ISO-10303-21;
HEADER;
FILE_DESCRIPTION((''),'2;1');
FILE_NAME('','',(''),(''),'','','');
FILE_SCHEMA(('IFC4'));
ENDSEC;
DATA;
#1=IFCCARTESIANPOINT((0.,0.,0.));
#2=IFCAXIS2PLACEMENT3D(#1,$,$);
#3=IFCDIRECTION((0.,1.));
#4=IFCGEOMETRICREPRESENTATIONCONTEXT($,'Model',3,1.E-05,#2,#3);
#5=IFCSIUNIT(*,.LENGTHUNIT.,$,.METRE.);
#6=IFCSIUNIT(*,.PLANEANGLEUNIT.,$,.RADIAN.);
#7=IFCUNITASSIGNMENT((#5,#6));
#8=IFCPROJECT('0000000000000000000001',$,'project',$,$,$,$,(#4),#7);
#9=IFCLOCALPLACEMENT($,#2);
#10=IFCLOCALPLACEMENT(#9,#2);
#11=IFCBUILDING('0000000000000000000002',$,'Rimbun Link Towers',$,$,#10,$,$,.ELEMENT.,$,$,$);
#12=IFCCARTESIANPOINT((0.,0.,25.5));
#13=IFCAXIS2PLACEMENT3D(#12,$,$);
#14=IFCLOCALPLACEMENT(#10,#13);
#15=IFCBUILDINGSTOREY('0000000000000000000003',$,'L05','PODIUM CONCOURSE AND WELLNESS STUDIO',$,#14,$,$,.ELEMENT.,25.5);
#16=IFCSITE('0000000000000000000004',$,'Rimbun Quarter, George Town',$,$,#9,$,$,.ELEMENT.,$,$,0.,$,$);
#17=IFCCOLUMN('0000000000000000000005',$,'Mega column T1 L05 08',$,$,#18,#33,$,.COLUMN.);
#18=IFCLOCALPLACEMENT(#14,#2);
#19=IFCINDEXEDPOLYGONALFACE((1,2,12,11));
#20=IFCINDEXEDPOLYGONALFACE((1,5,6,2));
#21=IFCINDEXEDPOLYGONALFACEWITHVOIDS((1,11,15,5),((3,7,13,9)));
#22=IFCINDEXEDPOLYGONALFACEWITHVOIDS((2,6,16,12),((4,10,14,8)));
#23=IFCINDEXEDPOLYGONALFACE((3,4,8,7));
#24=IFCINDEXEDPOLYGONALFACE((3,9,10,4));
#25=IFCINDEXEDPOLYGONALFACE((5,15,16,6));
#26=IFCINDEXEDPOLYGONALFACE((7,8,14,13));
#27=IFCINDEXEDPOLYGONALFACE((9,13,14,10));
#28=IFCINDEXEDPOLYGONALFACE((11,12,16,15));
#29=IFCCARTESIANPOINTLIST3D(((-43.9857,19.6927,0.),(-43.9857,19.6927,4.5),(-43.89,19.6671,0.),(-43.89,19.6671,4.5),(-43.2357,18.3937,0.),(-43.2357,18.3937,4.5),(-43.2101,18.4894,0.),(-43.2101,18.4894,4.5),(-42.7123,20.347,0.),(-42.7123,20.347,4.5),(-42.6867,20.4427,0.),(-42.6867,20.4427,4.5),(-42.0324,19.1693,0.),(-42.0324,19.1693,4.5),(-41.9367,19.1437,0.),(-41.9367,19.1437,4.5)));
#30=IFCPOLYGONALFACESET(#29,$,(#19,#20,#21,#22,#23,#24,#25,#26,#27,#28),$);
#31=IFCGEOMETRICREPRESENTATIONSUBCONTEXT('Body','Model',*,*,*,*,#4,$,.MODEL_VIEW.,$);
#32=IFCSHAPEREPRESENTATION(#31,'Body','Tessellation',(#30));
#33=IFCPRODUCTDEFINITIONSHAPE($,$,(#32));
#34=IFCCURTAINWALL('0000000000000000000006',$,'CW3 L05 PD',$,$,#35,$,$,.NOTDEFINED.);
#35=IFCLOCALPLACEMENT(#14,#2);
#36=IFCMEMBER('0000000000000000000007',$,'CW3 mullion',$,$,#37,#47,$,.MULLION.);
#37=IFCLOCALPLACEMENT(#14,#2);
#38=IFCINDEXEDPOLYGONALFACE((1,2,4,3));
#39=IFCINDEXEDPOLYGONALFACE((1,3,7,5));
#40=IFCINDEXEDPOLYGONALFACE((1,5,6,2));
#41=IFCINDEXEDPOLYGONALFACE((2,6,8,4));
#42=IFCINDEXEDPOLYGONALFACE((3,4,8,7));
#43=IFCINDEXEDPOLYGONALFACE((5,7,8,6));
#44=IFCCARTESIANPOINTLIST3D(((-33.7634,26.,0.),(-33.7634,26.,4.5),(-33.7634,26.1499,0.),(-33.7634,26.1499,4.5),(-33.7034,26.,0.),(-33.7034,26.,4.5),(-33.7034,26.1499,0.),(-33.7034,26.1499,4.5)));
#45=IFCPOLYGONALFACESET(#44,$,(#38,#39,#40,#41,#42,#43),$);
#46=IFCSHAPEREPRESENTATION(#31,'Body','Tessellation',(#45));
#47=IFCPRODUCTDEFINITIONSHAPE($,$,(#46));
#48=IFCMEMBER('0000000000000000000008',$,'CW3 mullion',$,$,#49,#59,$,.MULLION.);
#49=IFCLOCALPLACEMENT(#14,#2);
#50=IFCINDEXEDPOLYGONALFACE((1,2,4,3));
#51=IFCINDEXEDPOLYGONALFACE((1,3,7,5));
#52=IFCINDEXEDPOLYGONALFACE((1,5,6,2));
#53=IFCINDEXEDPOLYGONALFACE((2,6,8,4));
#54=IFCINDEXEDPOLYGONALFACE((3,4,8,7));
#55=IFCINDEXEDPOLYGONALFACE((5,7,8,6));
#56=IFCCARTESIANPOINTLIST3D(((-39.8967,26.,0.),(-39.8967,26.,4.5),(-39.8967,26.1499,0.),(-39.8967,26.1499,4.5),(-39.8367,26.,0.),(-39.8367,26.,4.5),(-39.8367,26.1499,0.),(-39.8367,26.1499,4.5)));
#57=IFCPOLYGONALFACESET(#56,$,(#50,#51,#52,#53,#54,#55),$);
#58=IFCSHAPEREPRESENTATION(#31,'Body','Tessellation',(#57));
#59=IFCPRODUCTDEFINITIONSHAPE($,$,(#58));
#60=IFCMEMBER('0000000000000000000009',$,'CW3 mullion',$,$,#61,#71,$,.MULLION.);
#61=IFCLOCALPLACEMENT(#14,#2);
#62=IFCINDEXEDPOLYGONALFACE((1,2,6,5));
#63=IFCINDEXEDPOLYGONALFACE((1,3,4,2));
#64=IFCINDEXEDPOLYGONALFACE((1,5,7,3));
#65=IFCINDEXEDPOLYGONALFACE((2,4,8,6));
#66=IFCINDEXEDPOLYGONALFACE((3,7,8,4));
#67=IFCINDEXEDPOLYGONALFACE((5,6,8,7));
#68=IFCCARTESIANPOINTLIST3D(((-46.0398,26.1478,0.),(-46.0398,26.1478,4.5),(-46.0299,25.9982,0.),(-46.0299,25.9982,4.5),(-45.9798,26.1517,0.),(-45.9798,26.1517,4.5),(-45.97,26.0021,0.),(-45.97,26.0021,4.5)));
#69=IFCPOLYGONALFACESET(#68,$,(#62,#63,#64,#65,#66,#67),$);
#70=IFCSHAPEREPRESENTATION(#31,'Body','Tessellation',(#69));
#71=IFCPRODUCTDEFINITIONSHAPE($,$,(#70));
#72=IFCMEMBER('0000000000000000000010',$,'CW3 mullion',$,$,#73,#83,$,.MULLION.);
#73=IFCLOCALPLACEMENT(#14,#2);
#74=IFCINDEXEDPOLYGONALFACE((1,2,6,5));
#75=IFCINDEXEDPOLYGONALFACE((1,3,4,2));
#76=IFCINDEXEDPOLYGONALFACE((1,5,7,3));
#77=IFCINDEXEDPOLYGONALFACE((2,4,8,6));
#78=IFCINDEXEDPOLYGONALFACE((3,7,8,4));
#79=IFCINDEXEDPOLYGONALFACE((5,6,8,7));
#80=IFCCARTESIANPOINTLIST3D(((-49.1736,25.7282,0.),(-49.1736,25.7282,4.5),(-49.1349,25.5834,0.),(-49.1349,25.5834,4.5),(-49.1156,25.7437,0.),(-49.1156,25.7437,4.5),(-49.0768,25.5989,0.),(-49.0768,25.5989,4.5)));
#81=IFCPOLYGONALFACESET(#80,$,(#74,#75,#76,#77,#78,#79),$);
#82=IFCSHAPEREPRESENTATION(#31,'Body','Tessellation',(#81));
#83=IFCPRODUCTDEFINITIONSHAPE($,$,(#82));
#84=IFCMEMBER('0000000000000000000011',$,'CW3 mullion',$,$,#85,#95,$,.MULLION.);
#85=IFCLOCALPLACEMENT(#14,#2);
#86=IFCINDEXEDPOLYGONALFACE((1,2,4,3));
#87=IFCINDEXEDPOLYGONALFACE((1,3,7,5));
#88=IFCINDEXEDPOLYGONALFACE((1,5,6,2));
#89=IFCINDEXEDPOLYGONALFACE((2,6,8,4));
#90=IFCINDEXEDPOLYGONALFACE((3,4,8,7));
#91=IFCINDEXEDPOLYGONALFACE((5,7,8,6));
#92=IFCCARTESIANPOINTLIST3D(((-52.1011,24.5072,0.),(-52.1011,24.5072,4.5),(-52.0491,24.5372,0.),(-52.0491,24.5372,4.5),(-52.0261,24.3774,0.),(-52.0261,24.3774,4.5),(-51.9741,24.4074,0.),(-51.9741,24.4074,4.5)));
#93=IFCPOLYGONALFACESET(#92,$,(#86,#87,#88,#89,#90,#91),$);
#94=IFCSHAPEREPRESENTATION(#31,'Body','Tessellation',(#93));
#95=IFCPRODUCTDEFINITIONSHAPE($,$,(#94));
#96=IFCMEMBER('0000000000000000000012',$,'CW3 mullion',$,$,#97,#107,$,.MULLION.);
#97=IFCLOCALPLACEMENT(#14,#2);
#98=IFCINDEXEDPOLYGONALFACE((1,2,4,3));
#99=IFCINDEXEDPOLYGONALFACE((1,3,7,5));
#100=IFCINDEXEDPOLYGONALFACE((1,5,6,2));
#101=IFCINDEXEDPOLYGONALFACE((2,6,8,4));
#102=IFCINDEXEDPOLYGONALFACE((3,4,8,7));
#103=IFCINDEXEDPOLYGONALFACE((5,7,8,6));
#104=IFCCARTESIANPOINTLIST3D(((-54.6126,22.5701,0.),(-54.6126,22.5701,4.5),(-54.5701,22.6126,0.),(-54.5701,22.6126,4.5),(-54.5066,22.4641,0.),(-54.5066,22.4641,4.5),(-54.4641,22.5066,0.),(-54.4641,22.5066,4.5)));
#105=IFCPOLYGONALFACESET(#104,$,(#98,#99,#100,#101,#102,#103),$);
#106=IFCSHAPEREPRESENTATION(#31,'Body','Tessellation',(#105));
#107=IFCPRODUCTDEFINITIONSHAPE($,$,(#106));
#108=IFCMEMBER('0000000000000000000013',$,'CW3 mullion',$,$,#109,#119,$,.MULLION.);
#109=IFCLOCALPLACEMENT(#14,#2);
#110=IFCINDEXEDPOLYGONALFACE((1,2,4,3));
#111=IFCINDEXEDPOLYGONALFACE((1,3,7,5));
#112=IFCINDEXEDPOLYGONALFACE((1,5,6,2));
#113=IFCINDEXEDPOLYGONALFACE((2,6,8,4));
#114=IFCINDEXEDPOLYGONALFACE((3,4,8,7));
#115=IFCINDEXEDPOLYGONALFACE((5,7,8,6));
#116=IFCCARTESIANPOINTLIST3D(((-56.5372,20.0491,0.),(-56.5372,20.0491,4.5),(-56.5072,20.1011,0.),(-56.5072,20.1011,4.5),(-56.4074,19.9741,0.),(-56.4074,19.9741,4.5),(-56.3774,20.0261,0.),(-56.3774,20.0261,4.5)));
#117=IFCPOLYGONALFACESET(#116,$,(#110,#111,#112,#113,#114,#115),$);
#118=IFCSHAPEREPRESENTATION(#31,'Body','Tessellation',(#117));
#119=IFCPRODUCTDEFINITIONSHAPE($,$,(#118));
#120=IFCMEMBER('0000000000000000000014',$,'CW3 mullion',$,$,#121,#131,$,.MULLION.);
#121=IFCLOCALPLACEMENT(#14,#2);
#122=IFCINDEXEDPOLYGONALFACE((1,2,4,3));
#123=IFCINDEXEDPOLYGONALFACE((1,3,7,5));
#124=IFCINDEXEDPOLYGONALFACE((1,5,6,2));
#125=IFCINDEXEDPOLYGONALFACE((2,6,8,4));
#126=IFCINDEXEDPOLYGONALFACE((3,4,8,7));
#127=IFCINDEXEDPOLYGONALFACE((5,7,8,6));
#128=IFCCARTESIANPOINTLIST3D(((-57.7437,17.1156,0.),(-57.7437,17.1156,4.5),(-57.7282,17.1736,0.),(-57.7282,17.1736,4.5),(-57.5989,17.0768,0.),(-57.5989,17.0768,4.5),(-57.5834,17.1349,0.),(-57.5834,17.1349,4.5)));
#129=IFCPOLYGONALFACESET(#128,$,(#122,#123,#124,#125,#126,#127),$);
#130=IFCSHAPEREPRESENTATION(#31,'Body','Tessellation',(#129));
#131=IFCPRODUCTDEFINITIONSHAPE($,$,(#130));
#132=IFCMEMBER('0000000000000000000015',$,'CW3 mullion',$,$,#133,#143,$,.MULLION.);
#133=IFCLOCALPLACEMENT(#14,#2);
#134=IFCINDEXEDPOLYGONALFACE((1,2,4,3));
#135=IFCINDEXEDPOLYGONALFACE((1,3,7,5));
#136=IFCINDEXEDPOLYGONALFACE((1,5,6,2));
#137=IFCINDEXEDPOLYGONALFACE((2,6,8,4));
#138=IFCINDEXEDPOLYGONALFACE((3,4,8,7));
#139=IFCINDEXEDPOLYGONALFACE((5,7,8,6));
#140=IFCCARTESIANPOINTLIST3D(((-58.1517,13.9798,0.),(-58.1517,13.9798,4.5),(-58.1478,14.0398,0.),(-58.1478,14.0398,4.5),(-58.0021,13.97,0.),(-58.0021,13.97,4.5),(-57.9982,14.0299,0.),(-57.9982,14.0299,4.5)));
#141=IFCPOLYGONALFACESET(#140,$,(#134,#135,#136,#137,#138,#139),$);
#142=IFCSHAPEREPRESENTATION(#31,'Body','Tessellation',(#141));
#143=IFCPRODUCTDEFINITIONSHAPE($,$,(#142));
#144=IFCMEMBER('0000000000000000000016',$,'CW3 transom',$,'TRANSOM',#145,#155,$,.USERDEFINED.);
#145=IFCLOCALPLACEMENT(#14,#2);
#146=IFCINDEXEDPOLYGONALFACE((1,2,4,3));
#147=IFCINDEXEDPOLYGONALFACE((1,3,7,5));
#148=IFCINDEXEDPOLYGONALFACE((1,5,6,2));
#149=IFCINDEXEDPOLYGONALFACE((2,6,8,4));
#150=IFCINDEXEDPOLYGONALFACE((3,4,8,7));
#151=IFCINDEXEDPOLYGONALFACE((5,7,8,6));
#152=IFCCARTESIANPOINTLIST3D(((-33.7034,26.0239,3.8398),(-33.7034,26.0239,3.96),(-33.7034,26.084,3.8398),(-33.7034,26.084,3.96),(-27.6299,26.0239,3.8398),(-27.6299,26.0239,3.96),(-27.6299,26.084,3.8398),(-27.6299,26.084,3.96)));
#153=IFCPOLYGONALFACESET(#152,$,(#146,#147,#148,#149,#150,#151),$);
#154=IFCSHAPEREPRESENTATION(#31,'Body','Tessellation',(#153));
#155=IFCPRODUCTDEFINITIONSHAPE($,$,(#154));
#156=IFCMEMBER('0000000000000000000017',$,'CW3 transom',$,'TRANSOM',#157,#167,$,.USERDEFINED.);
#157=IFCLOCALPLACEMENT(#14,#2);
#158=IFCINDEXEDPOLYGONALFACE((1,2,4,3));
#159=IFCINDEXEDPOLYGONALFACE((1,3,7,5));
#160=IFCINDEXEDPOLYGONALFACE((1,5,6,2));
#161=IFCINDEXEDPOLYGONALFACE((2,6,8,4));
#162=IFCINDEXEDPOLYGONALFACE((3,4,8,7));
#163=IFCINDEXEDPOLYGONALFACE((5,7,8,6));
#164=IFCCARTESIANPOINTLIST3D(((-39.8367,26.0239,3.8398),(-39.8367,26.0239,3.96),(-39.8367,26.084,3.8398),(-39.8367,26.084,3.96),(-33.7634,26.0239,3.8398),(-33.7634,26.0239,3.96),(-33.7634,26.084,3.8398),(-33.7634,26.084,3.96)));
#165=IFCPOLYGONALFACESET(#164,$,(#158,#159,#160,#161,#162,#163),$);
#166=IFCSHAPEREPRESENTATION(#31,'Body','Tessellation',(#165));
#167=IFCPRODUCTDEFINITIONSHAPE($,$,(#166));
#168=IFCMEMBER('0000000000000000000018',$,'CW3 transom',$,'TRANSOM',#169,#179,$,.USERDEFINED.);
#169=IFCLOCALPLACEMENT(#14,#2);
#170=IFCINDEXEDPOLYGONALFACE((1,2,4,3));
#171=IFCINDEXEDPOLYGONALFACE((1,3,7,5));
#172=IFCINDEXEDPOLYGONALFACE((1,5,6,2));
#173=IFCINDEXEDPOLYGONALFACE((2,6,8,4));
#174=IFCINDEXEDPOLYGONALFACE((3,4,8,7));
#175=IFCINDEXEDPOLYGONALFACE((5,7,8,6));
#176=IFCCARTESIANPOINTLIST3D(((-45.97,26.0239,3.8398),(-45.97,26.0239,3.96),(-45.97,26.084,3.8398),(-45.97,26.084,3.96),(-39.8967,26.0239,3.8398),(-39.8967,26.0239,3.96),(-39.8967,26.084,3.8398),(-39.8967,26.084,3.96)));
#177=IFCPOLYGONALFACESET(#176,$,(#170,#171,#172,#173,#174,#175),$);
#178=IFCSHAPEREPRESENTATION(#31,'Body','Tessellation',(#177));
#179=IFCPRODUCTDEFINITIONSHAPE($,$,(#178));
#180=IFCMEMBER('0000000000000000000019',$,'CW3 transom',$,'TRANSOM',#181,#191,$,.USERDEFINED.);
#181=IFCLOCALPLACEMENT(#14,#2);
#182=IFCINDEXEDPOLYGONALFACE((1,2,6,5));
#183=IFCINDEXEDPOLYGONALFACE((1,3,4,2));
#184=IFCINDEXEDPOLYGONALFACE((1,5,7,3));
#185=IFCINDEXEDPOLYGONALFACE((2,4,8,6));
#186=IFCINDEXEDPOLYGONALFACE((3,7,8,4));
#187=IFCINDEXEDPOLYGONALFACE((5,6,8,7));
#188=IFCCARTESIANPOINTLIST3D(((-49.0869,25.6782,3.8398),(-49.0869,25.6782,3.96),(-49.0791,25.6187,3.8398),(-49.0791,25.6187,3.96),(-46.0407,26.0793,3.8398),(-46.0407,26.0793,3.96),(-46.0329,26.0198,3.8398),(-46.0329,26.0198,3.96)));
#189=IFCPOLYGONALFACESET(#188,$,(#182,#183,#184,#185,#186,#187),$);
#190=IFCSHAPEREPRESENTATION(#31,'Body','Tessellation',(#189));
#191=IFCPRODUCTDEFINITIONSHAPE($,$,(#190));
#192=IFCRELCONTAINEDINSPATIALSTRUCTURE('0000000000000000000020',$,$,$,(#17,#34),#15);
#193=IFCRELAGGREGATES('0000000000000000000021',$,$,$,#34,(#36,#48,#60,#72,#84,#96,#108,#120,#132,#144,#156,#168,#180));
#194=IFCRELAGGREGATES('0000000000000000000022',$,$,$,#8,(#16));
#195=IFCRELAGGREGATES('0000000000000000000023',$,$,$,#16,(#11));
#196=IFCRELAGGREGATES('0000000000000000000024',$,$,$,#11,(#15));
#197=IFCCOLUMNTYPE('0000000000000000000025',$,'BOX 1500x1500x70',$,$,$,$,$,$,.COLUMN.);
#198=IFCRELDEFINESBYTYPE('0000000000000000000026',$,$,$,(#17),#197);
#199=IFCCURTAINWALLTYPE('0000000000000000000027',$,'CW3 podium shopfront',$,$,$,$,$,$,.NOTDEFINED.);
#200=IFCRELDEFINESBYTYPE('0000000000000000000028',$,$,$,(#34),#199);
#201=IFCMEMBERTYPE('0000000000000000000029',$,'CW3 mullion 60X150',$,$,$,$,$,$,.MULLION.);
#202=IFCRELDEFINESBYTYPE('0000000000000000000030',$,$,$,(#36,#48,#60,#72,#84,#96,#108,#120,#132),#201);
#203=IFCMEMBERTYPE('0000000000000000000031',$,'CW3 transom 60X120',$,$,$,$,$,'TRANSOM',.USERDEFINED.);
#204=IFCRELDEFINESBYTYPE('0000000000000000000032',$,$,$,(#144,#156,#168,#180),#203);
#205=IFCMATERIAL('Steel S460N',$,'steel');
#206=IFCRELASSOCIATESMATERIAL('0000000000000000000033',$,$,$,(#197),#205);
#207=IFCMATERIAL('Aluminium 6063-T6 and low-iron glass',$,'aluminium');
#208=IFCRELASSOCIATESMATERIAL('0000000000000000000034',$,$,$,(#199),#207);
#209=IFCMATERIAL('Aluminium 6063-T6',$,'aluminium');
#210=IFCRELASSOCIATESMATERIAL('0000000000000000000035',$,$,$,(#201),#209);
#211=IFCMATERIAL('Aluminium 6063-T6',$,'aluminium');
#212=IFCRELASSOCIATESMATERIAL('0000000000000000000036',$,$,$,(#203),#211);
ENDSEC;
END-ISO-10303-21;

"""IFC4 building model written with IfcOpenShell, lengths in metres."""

from ifc_helpers import new_model, si_unit, direction, frame, origin, origin_2d, place, context, subcontext, project, spatial, rectangle, hollow_rectangle, extrude, material, material_profile, profile_set, type_object, element, aggregate, save


model = new_model("IFC4")

# Units and contexts
model_context = context("Model", 3, precision=1e-05, world=origin(), true_north=direction((0.0, 1.0)))
body_context = subcontext(model_context, "Body", "Model", "MODEL_VIEW")
ifc_project = project(units=[si_unit("LENGTHUNIT", "METRE"), si_unit("PLANEANGLEUNIT", "RADIAN")], contexts=[model_context])

# Site, building, storey
site_placement = place(None, origin())
site = spatial("IfcSite", under=ifc_project, at=site_placement, Name="Rimbun Quarter, George Town", CompositionType="ELEMENT", RefElevation=0.0)
building_placement = place(site_placement, origin())
building = spatial("IfcBuilding", under=site, at=building_placement, Name="Rimbun Link Towers", CompositionType="ELEMENT")
storey_placement = place(building_placement, frame((0.0, 0.0, 25.5)))
storey = spatial("IfcBuildingStorey", under=building, at=storey_placement, Name="L05", Description="PODIUM CONCOURSE AND WELLNESS STUDIO", CompositionType="ELEMENT", Elevation=25.5)

# Column
ifc_material_1 = material(Name="Steel S460N", Category="steel")
ifc_material_profile_1 = material_profile(ifc_material_1, hollow_rectangle(XDim=1.5, YDim=1.5, WallThickness=0.0701, at=origin_2d()), Name="BOX 1500x1500x70")
ifc_profile_set_1 = profile_set([ifc_material_profile_1], Name="Steel S460N")
column_type = type_object("IfcColumnType", Name="BOX 1500x1500x70", PredefinedType="COLUMN", material=ifc_profile_set_1)
column_placement = place(storey_placement, frame((-42.9612, 19.4182, 0.0), z_axis=(0.0, 0.0, 1.0), x_axis=(-0.5, 0.866025, 0.0)))
element("IfcColumn", 1, at=column_placement, inside=storey, type_object=column_type, Name="Mega column T1 L05 08", PredefinedType="COLUMN", context=body_context, shape_type="SweptSolid", body=[
    extrude(hollow_rectangle(XDim=1.5, YDim=1.5, WallThickness=0.0701, at=origin_2d()), origin(), (0.0, 0.0, 1.0), 4.5),
])

# Curtain wall, members
ifc_material_2 = material(Name="Aluminium 6063-T6 and low-iron glass", Category="aluminium")
curtain_wall_type = type_object("IfcCurtainWallType", Name="CW3 podium shopfront", PredefinedType="NOTDEFINED", material=ifc_material_2)
curtain_wall_placement = place(storey_placement, origin())
curtain_wall = element("IfcCurtainWall", 2, at=curtain_wall_placement, inside=storey, type_object=curtain_wall_type, Name="CW3 L05 PD", PredefinedType="NOTDEFINED")
ifc_material_3 = material(Name="Aluminium 6063-T6", Category="aluminium")
ifc_material_profile_2 = material_profile(ifc_material_3, rectangle(XDim=0.1499, YDim=0.0601, at=origin_2d()), Name="MULLION 60X150")
ifc_profile_set_2 = profile_set([ifc_material_profile_2], Name="Aluminium 6063-T6")
member_type_1 = type_object("IfcMemberType", Name="CW3 mullion 60X150", PredefinedType="MULLION", material=ifc_profile_set_2)
member_1_placement = place(storey_placement, frame((-33.7334, 26.075, 0.0), z_axis=(0.0, 0.0, 1.0), x_axis=(0.0, 1.0, 0.0)))
member_1 = element("IfcMember", 3, at=member_1_placement, type_object=member_type_1, Name="CW3 mullion", PredefinedType="MULLION", context=body_context, shape_type="SweptSolid", body=[
    extrude(rectangle(XDim=0.1499, YDim=0.0601, at=origin_2d()), origin(), (0.0, 0.0, 1.0), 4.5),
])
member_2_placement = place(storey_placement, frame((-39.8667, 26.075, 0.0), z_axis=(0.0, 0.0, 1.0), x_axis=(0.0, 1.0, 0.0)))
member_2 = element("IfcMember", 4, at=member_2_placement, type_object=member_type_1, Name="CW3 mullion", PredefinedType="MULLION", context=body_context, shape_type="SweptSolid", body=[
    extrude(rectangle(XDim=0.1499, YDim=0.0601, at=origin_2d()), origin(), (0.0, 0.0, 1.0), 4.5),
])
member_3_placement = place(storey_placement, frame((-46.0049, 26.075, 0.0), z_axis=(0.0, 0.0, 1.0), x_axis=(-0.065405, 0.997859, 0.0)))
member_3 = element("IfcMember", 5, at=member_3_placement, type_object=member_type_1, Name="CW3 mullion", PredefinedType="MULLION", context=body_context, shape_type="SweptSolid", body=[
    extrude(rectangle(XDim=0.1499, YDim=0.0601, at=origin_2d()), origin(), (0.0, 0.0, 1.0), 4.5),
])
member_4_placement = place(storey_placement, frame((-49.1252, 25.6636, 0.0), z_axis=(0.0, 0.0, 1.0), x_axis=(-0.258819, 0.965926, 0.0)))
member_4 = element("IfcMember", 6, at=member_4_placement, type_object=member_type_1, Name="CW3 mullion", PredefinedType="MULLION", context=body_context, shape_type="SweptSolid", body=[
    extrude(rectangle(XDim=0.1499, YDim=0.0601, at=origin_2d()), origin(), (0.0, 0.0, 1.0), 4.5),
])
member_5_placement = place(storey_placement, frame((-52.0376, 24.4573, 0.0), z_axis=(0.0, 0.0, 1.0), x_axis=(-0.499994, 0.866029, 0.0)))
member_5 = element("IfcMember", 7, at=member_5_placement, type_object=member_type_1, Name="CW3 mullion", PredefinedType="MULLION", context=body_context, shape_type="SweptSolid", body=[
    extrude(rectangle(XDim=0.1499, YDim=0.0601, at=origin_2d()), origin(), (0.0, 0.0, 1.0), 4.5),
])
member_6_placement = place(storey_placement, frame((-54.5383, 22.5383, 0.0), z_axis=(0.0, 0.0, 1.0), x_axis=(-0.707107, 0.707107, 0.0)))
member_6 = element("IfcMember", 8, at=member_6_placement, type_object=member_type_1, Name="CW3 mullion", PredefinedType="MULLION", context=body_context, shape_type="SweptSolid", body=[
    extrude(rectangle(XDim=0.1499, YDim=0.0601, at=origin_2d()), origin(), (0.0, 0.0, 1.0), 4.5),
])
member_7_placement = place(storey_placement, frame((-56.4573, 20.0376, 0.0), z_axis=(0.0, 0.0, 1.0), x_axis=(-0.866029, 0.499994, 0.0)))
member_7 = element("IfcMember", 9, at=member_7_placement, type_object=member_type_1, Name="CW3 mullion", PredefinedType="MULLION", context=body_context, shape_type="SweptSolid", body=[
    extrude(rectangle(XDim=0.1499, YDim=0.0601, at=origin_2d()), origin(), (0.0, 0.0, 1.0), 4.5),
])
member_8_placement = place(storey_placement, frame((-57.6636, 17.1252, 0.0), z_axis=(0.0, 0.0, 1.0), x_axis=(-0.965926, 0.258819, 0.0)))
member_8 = element("IfcMember", 10, at=member_8_placement, type_object=member_type_1, Name="CW3 mullion", PredefinedType="MULLION", context=body_context, shape_type="SweptSolid", body=[
    extrude(rectangle(XDim=0.1499, YDim=0.0601, at=origin_2d()), origin(), (0.0, 0.0, 1.0), 4.5),
])
member_9_placement = place(storey_placement, frame((-58.075, 14.0049, 0.0), z_axis=(0.0, 0.0, 1.0), x_axis=(-0.997859, 0.065405, 0.0)))
member_9 = element("IfcMember", 11, at=member_9_placement, type_object=member_type_1, Name="CW3 mullion", PredefinedType="MULLION", context=body_context, shape_type="SweptSolid", body=[
    extrude(rectangle(XDim=0.1499, YDim=0.0601, at=origin_2d()), origin(), (0.0, 0.0, 1.0), 4.5),
])
ifc_material_4 = material(Name="Aluminium 6063-T6", Category="aluminium")
ifc_material_profile_3 = material_profile(ifc_material_4, rectangle(XDim=0.0601, YDim=0.1201, at=origin_2d()), Name="TRANSOM 60X120")
ifc_profile_set_3 = profile_set([ifc_material_profile_3], Name="Aluminium 6063-T6")
member_type_2 = type_object("IfcMemberType", Name="CW3 transom 60X120", ElementType="TRANSOM", PredefinedType="USERDEFINED", material=ifc_profile_set_3)
member_10_placement = place(storey_placement, frame((-33.7034, 26.054, 3.8999), z_axis=(1.0, 0.0, 0.0), x_axis=(0.0, 1.0, 0.0)))
member_10 = element("IfcMember", 12, at=member_10_placement, type_object=member_type_2, Name="CW3 transom", ObjectType="TRANSOM", PredefinedType="USERDEFINED", context=body_context, shape_type="SweptSolid", body=[
    extrude(rectangle(XDim=0.0601, YDim=0.1201, at=origin_2d()), origin(), (0.0, 0.0, 1.0), 6.0735),
])
member_11_placement = place(storey_placement, frame((-39.8367, 26.054, 3.8999), z_axis=(1.0, 0.0, 0.0), x_axis=(0.0, 1.0, 0.0)))
member_11 = element("IfcMember", 13, at=member_11_placement, type_object=member_type_2, Name="CW3 transom", ObjectType="TRANSOM", PredefinedType="USERDEFINED", context=body_context, shape_type="SweptSolid", body=[
    extrude(rectangle(XDim=0.0601, YDim=0.1201, at=origin_2d()), origin(), (0.0, 0.0, 1.0), 6.0732),
])
member_12_placement = place(storey_placement, frame((-45.97, 26.054, 3.8999), z_axis=(1.0, 0.0, 0.0), x_axis=(0.0, 1.0, 0.0)))
member_12 = element("IfcMember", 14, at=member_12_placement, type_object=member_type_2, Name="CW3 transom", ObjectType="TRANSOM", PredefinedType="USERDEFINED", context=body_context, shape_type="SweptSolid", body=[
    extrude(rectangle(XDim=0.0601, YDim=0.1201, at=origin_2d()), origin(), (0.0, 0.0, 1.0), 6.0732),
])
member_13_placement = place(storey_placement, frame((-49.083, 25.6484, 3.8999), z_axis=(0.991441, 0.130555, 0.0), x_axis=(-0.130555, 0.991441, 0.0)))
member_13 = element("IfcMember", 15, at=member_13_placement, type_object=member_type_2, Name="CW3 transom", ObjectType="TRANSOM", PredefinedType="USERDEFINED", context=body_context, shape_type="SweptSolid", body=[
    extrude(rectangle(XDim=0.0601, YDim=0.1201, at=origin_2d()), origin(), (0.0, 0.0, 1.0), 3.0725),
])

aggregate(curtain_wall, [member_1, member_2, member_3, member_4, member_5, member_6, member_7, member_8, member_9, member_10, member_11, member_12, member_13])

save(model, "model.ifc")
